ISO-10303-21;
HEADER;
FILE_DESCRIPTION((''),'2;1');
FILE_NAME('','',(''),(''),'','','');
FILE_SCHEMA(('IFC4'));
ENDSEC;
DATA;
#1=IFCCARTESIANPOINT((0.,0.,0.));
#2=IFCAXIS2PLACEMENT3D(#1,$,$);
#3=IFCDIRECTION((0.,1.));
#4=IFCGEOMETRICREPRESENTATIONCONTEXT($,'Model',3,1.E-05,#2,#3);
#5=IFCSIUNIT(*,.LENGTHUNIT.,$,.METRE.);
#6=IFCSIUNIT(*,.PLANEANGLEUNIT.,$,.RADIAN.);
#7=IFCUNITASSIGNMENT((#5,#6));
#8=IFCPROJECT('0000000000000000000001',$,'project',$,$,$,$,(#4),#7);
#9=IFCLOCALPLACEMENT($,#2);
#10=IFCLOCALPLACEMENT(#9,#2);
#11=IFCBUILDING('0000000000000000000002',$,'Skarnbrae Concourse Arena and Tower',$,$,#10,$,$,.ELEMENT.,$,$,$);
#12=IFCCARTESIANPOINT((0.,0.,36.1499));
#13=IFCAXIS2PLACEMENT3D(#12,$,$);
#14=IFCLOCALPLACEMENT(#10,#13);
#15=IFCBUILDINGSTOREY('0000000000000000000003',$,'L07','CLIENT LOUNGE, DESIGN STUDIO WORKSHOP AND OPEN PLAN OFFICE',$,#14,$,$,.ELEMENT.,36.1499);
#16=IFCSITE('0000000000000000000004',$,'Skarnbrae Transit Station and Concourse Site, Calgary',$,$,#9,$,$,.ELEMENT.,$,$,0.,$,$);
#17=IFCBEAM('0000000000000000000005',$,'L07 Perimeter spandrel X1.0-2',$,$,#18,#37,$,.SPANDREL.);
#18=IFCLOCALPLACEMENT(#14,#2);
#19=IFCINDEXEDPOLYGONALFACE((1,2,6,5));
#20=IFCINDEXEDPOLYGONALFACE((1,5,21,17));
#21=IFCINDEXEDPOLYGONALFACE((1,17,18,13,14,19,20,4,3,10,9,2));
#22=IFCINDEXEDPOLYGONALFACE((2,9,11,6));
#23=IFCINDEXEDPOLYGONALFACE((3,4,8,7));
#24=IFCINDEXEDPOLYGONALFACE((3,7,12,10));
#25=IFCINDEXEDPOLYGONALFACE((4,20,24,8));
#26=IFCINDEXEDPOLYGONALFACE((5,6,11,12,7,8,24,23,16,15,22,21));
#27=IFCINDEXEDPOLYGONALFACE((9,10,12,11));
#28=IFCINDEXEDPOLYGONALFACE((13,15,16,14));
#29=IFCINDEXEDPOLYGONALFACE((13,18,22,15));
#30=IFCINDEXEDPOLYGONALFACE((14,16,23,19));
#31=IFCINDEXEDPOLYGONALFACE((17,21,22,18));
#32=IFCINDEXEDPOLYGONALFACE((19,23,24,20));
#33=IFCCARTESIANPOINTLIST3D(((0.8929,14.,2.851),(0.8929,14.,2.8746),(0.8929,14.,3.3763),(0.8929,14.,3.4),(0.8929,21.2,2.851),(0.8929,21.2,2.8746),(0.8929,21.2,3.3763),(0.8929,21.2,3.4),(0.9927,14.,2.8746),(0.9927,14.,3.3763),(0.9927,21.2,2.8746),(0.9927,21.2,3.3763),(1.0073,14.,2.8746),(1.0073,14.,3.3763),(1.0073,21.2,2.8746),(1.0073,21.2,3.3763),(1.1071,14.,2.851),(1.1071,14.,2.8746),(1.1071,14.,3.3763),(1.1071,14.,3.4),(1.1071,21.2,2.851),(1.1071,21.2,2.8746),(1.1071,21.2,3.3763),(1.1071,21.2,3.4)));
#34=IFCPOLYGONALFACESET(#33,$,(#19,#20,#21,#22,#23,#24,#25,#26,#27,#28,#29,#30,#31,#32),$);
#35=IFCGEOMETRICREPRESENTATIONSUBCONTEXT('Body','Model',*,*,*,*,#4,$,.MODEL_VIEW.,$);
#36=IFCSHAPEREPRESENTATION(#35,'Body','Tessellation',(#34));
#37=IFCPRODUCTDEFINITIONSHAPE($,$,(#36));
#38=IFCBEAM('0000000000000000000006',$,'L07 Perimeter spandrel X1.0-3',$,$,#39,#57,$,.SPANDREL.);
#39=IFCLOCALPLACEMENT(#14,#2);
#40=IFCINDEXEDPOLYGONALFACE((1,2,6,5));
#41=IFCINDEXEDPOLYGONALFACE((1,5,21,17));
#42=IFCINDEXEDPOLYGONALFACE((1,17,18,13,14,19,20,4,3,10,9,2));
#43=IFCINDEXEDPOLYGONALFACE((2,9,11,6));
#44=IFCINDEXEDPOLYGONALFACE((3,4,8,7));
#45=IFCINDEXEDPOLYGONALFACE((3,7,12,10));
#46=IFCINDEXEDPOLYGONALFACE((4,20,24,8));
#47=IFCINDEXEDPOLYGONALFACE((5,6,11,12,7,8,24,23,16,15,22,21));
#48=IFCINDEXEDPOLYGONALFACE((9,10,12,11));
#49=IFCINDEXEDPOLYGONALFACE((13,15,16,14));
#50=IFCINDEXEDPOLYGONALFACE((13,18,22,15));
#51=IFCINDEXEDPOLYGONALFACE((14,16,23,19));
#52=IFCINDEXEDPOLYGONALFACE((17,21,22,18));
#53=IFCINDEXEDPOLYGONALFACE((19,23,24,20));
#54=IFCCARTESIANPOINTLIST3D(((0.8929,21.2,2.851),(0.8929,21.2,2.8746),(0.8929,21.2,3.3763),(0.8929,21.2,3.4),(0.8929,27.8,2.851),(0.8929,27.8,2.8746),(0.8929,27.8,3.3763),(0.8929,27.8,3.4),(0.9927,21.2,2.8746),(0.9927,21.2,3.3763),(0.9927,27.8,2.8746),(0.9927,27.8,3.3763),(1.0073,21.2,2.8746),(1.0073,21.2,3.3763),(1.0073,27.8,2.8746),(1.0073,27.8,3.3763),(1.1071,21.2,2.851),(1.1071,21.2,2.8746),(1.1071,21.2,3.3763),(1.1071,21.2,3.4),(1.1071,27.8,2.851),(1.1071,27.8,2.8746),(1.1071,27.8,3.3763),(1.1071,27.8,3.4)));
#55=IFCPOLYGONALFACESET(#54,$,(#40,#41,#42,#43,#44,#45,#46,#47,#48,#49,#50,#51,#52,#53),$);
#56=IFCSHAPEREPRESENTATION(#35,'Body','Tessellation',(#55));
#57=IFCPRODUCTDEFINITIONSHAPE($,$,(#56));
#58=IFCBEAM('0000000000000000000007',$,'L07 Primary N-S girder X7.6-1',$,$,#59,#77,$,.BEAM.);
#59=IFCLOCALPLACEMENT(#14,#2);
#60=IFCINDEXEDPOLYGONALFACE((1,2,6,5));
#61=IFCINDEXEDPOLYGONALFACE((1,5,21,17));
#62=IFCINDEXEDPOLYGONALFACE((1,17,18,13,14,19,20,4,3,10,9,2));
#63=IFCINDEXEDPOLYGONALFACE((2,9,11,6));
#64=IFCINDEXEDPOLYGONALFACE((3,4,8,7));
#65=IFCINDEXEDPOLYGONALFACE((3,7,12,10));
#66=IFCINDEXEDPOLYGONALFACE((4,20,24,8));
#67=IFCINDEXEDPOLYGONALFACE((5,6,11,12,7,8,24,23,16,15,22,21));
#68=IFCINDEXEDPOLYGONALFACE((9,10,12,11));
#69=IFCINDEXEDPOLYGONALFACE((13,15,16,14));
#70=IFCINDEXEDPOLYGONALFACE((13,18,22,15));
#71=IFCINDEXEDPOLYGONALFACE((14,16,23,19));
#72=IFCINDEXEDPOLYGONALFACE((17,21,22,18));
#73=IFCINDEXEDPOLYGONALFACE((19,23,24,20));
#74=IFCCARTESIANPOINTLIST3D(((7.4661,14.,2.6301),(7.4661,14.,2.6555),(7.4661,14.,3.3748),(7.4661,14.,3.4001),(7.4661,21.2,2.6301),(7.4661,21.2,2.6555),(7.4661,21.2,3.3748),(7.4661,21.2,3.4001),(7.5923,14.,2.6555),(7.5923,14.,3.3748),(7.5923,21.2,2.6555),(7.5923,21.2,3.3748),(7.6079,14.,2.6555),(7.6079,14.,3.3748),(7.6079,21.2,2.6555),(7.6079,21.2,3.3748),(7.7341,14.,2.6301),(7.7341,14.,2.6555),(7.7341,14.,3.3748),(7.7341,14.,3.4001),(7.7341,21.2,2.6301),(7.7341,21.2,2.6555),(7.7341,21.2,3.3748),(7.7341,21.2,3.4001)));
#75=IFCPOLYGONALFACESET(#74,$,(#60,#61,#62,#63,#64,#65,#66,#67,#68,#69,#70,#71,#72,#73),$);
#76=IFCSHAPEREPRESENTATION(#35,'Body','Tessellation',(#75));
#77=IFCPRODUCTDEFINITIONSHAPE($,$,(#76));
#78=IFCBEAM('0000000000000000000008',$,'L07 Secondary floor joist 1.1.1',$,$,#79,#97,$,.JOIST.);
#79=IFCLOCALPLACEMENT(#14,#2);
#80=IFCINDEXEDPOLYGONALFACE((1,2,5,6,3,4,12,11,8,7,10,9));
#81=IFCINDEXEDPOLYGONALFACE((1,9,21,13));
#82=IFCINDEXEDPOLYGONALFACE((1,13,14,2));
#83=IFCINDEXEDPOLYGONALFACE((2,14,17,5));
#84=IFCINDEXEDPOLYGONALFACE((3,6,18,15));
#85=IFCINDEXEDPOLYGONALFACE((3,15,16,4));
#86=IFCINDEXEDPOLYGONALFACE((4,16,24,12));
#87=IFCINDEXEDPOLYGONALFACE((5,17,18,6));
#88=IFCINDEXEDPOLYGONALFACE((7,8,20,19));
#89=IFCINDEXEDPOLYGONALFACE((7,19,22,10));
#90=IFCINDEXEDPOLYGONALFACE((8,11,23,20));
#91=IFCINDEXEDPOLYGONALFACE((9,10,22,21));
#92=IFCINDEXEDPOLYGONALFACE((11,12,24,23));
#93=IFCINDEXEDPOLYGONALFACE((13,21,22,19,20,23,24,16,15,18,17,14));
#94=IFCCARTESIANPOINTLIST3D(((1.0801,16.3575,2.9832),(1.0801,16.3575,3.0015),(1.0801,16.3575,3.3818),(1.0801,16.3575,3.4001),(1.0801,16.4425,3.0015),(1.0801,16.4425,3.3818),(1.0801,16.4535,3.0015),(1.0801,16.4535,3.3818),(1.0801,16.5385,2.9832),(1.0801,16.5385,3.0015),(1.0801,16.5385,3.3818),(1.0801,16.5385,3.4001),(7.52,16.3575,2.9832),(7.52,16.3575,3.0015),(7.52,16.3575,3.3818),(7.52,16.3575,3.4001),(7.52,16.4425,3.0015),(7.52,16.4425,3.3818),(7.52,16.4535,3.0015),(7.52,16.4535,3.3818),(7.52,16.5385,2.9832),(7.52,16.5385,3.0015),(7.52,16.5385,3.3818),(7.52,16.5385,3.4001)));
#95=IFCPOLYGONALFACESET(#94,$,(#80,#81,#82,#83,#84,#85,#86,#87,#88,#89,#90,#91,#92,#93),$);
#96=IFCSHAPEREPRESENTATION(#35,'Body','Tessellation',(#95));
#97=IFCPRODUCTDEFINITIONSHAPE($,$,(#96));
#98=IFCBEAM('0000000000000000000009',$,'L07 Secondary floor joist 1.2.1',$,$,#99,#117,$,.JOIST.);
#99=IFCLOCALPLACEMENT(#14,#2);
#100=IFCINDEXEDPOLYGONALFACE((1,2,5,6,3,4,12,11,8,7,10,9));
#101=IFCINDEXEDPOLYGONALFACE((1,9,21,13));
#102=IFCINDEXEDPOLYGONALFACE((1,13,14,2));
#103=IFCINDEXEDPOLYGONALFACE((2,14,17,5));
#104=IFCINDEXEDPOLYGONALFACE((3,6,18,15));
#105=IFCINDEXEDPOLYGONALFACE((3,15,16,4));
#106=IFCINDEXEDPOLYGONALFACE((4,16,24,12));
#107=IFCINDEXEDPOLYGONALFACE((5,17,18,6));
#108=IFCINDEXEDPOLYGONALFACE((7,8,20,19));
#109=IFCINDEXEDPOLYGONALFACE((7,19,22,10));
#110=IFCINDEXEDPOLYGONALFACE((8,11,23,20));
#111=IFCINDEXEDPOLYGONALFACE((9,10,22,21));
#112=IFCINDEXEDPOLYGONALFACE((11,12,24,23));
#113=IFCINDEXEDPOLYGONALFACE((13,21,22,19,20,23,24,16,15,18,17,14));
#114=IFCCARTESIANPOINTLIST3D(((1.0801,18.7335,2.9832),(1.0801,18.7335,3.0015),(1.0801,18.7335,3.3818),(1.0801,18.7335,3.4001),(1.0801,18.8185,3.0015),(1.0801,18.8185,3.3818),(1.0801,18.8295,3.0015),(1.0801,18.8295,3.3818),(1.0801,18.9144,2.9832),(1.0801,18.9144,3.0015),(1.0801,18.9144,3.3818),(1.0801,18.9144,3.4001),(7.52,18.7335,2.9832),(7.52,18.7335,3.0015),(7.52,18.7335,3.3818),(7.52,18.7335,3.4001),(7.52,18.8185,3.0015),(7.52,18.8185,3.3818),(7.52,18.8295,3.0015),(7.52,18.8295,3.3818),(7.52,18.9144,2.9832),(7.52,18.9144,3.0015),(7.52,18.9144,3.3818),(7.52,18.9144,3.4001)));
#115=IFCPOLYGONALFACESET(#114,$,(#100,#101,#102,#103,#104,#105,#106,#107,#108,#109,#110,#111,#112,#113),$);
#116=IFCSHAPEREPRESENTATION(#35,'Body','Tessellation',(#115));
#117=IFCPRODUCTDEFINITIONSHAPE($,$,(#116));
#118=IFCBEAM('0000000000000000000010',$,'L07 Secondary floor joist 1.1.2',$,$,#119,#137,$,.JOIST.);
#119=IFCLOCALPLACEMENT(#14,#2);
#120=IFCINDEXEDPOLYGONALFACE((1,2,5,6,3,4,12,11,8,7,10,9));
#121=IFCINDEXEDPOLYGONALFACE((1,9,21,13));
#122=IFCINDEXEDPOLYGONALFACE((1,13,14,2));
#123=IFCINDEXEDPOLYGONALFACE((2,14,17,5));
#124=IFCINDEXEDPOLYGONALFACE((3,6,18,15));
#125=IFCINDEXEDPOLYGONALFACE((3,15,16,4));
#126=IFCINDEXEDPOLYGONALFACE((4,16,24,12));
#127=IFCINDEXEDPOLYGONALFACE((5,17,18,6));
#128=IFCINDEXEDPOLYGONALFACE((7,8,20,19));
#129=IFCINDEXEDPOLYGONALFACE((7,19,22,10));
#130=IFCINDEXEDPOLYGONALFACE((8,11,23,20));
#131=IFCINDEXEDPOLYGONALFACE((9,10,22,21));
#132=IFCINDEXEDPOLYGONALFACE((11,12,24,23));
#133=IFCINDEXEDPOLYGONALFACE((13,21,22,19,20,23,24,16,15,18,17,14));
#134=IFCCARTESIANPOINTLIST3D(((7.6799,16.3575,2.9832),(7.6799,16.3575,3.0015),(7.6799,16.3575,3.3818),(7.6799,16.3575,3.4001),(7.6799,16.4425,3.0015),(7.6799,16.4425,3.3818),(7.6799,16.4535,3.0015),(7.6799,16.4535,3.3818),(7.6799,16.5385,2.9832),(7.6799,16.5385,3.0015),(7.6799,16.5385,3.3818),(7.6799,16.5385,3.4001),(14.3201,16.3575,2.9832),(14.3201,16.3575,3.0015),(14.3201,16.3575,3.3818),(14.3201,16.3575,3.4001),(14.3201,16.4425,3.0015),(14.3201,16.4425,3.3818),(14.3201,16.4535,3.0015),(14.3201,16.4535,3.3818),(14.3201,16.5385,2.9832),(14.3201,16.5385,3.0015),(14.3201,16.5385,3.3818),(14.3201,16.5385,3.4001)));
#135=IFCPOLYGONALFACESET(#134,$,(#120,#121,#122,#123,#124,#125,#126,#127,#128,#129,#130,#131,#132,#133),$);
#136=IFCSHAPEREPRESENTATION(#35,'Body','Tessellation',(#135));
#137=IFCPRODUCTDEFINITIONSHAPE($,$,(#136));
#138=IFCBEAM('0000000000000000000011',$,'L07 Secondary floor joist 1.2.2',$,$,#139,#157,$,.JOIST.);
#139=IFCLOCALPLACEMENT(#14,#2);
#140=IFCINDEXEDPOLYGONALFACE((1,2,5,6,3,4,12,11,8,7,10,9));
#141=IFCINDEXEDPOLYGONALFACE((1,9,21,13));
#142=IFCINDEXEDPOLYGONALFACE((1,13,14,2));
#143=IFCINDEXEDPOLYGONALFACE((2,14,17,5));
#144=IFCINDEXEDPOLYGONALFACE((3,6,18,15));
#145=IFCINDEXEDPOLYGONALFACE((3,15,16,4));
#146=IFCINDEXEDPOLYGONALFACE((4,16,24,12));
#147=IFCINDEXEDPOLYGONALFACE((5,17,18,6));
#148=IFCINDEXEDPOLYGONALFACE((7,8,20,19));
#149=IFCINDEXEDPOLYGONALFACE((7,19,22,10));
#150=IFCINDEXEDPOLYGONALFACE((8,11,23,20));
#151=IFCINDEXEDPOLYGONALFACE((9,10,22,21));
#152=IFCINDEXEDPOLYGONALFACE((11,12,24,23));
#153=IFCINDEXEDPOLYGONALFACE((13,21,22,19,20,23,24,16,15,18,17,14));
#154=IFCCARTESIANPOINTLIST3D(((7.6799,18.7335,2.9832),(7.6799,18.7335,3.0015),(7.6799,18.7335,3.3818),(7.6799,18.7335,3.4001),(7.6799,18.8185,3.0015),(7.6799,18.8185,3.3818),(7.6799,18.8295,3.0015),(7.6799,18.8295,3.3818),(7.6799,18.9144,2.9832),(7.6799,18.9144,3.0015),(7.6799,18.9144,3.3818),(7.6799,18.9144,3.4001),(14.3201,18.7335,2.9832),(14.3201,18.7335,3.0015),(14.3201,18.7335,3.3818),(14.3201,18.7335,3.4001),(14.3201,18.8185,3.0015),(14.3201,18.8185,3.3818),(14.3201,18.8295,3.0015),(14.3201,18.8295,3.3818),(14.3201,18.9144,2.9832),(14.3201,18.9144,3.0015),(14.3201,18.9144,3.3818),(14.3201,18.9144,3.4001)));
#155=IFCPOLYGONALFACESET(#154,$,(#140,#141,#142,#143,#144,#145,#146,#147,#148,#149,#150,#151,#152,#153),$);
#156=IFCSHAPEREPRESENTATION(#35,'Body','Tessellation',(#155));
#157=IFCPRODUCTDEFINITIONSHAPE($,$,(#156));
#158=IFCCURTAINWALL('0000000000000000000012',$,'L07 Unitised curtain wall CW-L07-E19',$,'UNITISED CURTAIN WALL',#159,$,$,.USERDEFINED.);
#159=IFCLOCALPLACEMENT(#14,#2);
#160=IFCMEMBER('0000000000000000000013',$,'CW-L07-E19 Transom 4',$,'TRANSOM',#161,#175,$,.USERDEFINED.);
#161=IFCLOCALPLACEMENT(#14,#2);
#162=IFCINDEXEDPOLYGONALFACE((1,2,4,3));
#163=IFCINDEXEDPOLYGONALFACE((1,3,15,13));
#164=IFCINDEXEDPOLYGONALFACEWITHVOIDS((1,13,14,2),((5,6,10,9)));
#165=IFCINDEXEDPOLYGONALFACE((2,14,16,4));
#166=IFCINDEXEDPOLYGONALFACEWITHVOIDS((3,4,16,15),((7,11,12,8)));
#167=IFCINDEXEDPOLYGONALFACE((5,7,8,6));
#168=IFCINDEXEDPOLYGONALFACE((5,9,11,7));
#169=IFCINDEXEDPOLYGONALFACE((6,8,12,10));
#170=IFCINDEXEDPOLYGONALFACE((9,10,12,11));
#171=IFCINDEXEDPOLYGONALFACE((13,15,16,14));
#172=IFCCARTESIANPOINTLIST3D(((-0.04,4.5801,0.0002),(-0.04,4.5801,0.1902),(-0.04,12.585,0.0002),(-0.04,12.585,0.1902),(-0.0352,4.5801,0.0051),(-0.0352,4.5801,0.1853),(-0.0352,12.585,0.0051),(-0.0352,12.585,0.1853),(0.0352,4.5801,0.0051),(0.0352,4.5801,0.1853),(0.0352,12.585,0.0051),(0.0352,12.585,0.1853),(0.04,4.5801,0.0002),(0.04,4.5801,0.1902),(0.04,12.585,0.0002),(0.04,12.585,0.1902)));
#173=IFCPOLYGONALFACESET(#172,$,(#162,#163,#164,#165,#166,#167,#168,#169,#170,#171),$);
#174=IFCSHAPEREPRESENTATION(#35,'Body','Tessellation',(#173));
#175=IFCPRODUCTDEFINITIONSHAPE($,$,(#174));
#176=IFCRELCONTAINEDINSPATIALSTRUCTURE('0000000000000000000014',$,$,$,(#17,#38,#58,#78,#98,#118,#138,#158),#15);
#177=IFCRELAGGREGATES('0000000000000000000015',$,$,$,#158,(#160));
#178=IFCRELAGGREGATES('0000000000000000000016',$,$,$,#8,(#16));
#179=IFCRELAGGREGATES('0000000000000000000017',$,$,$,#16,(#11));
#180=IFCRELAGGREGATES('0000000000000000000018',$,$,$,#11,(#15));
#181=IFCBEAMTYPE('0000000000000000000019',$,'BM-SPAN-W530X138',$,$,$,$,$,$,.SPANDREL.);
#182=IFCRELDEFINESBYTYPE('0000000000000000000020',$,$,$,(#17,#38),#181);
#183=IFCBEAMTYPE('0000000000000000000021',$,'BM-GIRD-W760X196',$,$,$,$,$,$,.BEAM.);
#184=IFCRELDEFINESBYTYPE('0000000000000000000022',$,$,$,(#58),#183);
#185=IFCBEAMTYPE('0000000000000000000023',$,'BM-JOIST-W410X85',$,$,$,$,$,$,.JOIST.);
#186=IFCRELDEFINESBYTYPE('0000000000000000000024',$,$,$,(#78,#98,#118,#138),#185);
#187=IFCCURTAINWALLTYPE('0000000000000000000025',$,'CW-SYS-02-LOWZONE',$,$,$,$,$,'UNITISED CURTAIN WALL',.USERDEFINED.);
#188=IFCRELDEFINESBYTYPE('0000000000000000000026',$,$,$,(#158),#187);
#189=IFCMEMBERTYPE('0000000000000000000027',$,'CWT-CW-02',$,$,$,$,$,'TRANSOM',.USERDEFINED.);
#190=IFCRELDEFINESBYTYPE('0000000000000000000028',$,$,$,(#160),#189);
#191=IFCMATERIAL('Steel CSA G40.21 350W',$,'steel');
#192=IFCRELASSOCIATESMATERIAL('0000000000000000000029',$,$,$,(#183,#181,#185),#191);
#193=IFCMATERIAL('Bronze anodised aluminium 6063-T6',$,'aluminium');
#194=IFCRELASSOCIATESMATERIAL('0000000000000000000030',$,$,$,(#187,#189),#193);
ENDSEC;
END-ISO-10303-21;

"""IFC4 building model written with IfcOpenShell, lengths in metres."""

from ifc_helpers import new_model, si_unit, direction, frame, origin, origin_2d, place, context, subcontext, project, spatial, hollow_rectangle, i_section, extrude, source, transform, mapped, material, material_profile, profile_set, type_object, element, aggregate, save


model = new_model("IFC4")

# Units and contexts
model_context = context("Model", 3, precision=1e-05, world=origin(), true_north=direction((0.0, 1.0)))
body_context = subcontext(model_context, "Body", "Model", "MODEL_VIEW")
ifc_project = project(units=[si_unit("LENGTHUNIT", "METRE"), si_unit("PLANEANGLEUNIT", "RADIAN")], contexts=[model_context])

# Site, building, storey
site_placement = place(None, origin())
site = spatial("IfcSite", under=ifc_project, at=site_placement, Name="Skarnbrae Transit Station and Concourse Site, Calgary", CompositionType="ELEMENT", RefElevation=0.0)
building_placement = place(site_placement, origin())
building = spatial("IfcBuilding", under=site, at=building_placement, Name="Skarnbrae Concourse Arena and Tower", CompositionType="ELEMENT")
storey_placement = place(building_placement, frame((0.0, 0.0, 36.1499)))
storey = spatial("IfcBuildingStorey", under=building, at=storey_placement, Name="L07", Description="CLIENT LOUNGE, DESIGN STUDIO WORKSHOP AND OPEN PLAN OFFICE", CompositionType="ELEMENT", Elevation=36.1499)

# Shared definitions
ifc_material_1 = material(Name="Steel CSA G40.21 350W", Category="steel")

# Beams
ifc_material_profile_1 = material_profile(ifc_material_1, i_section(OverallWidth=0.2681, OverallDepth=0.77, WebThickness=0.0156, FlangeThickness=0.0254, at=origin_2d()), Name="W760X196")
ifc_profile_set_1 = profile_set([ifc_material_profile_1], Name="Steel CSA G40.21 350W")
beam_type_1 = type_object("IfcBeamType", Name="BM-GIRD-W760X196", PredefinedType="BEAM", material=ifc_profile_set_1)
ifc_material_profile_2 = material_profile(ifc_material_1, i_section(OverallWidth=0.2141, OverallDepth=0.5491, WebThickness=0.0146, FlangeThickness=0.0237, at=origin_2d()), Name="W530X138")
ifc_profile_set_2 = profile_set([ifc_material_profile_2], Name="Steel CSA G40.21 350W")
beam_type_2 = type_object("IfcBeamType", Name="BM-SPAN-W530X138", PredefinedType="SPANDREL", material=ifc_profile_set_2)
shared_shape_1 = source(origin(), body_context, "Body", "SweptSolid", [
    extrude(i_section(OverallWidth=0.2141, OverallDepth=0.5491, WebThickness=0.0146, FlangeThickness=0.0237, at=origin_2d()), origin(), (0.0, 0.0, 1.0), 7.2),
])
beam_1_placement = place(storey_placement, frame((1.0, 14.0, 3.1255), z_axis=(0.0, 1.0, 0.0), x_axis=(-1.0, 0.0, 0.0)))
element("IfcBeam", 1, at=beam_1_placement, inside=storey, type_object=beam_type_2, Name="L07 Perimeter spandrel X1.0-2", PredefinedType="SPANDREL", context=body_context, shape_type="MappedRepresentation", body=[
    mapped(shared_shape_1, transform((0.0, 0.0, 0.0))),
])
shared_shape_2 = source(origin(), body_context, "Body", "SweptSolid", [
    extrude(i_section(OverallWidth=0.2141, OverallDepth=0.5491, WebThickness=0.0146, FlangeThickness=0.0237, at=origin_2d()), origin(), (0.0, 0.0, 1.0), 6.6001),
])
beam_2_placement = place(storey_placement, frame((1.0, 21.2, 3.1255), z_axis=(0.0, 1.0, 0.0), x_axis=(-1.0, 0.0, 0.0)))
element("IfcBeam", 2, at=beam_2_placement, inside=storey, type_object=beam_type_2, Name="L07 Perimeter spandrel X1.0-3", PredefinedType="SPANDREL", context=body_context, shape_type="MappedRepresentation", body=[
    mapped(shared_shape_2, transform((0.0, 0.0, 0.0))),
])
shared_shape_3 = source(origin(), body_context, "Body", "SweptSolid", [
    extrude(i_section(OverallWidth=0.2681, OverallDepth=0.77, WebThickness=0.0156, FlangeThickness=0.0254, at=origin_2d()), origin(), (0.0, 0.0, 1.0), 7.2),
])
beam_3_placement = place(storey_placement, frame((7.6001, 14.0, 3.0151), z_axis=(0.0, 1.0, 0.0), x_axis=(-1.0, 0.0, 0.0)))
element("IfcBeam", 3, at=beam_3_placement, inside=storey, type_object=beam_type_1, Name="L07 Primary N-S girder X7.6-1", PredefinedType="BEAM", context=body_context, shape_type="MappedRepresentation", body=[
    mapped(shared_shape_3, transform((0.0, 0.0, 0.0))),
])
ifc_material_profile_3 = material_profile(ifc_material_1, i_section(OverallWidth=0.1809, OverallDepth=0.417, WebThickness=0.011, FlangeThickness=0.0183, at=origin_2d()), Name="W410X85")
ifc_profile_set_3 = profile_set([ifc_material_profile_3], Name="Steel CSA G40.21 350W")
beam_type_3 = type_object("IfcBeamType", Name="BM-JOIST-W410X85", PredefinedType="JOIST", material=ifc_profile_set_3)
shared_shape_4 = source(origin(), body_context, "Body", "SweptSolid", [
    extrude(i_section(OverallWidth=0.1809, OverallDepth=0.417, WebThickness=0.011, FlangeThickness=0.0183, at=origin_2d()), origin(), (0.0, 0.0, 1.0), 6.4399),
])
for number, where, z_axis, x_axis, name in (
    (4, (1.0801, 16.448, 3.1917), (1.0, 0.0, 0.0), (0.0, 1.0, 0.0), "L07 Secondary floor joist 1.1.1"),
    (5, (1.0801, 18.824, 3.1917), (1.0, 0.0, 0.0), (0.0, 1.0, 0.0), "L07 Secondary floor joist 1.2.1"),
):
    element("IfcBeam", number, at=place(storey_placement, frame(where, z_axis=z_axis, x_axis=x_axis)), inside=storey, type_object=beam_type_3, Name=name, PredefinedType="JOIST", context=body_context, shape_type="MappedRepresentation", body=[
        mapped(shared_shape_4, transform((0.0, 0.0, 0.0))),
    ])
shared_shape_5 = source(origin(), body_context, "Body", "SweptSolid", [
    extrude(i_section(OverallWidth=0.1809, OverallDepth=0.417, WebThickness=0.011, FlangeThickness=0.0183, at=origin_2d()), origin(), (0.0, 0.0, 1.0), 6.6401),
])
for number, where, z_axis, x_axis, name in (
    (6, (7.6799, 16.448, 3.1917), (1.0, 0.0, 0.0), (0.0, 1.0, 0.0), "L07 Secondary floor joist 1.1.2"),
    (7, (7.6799, 18.824, 3.1917), (1.0, 0.0, 0.0), (0.0, 1.0, 0.0), "L07 Secondary floor joist 1.2.2"),
):
    element("IfcBeam", number, at=place(storey_placement, frame(where, z_axis=z_axis, x_axis=x_axis)), inside=storey, type_object=beam_type_3, Name=name, PredefinedType="JOIST", context=body_context, shape_type="MappedRepresentation", body=[
        mapped(shared_shape_5, transform((0.0, 0.0, 0.0))),
    ])

# Curtain wall, member
ifc_material_2 = material(Name="Bronze anodised aluminium 6063-T6", Category="aluminium")
curtain_wall_type = type_object("IfcCurtainWallType", Name="CW-SYS-02-LOWZONE", ElementType="UNITISED CURTAIN WALL", PredefinedType="USERDEFINED", material=ifc_material_2)
curtain_wall_placement = place(storey_placement, origin())
curtain_wall = element("IfcCurtainWall", 8, at=curtain_wall_placement, inside=storey, type_object=curtain_wall_type, Name="L07 Unitised curtain wall CW-L07-E19", ObjectType="UNITISED CURTAIN WALL", PredefinedType="USERDEFINED")
ifc_material_profile_4 = material_profile(ifc_material_2, hollow_rectangle(XDim=0.0801, YDim=0.1899, WallThickness=0.0049, at=origin_2d()), Name="ALU-TRAN-80X190")
ifc_profile_set_4 = profile_set([ifc_material_profile_4], Name="Bronze anodised aluminium 6063-T6")
member_type_1 = type_object("IfcMemberType", Name="CWT-CW-02", ElementType="TRANSOM", PredefinedType="USERDEFINED", material=ifc_profile_set_4)
shared_shape_6 = source(origin(), body_context, "Body", "SweptSolid", [
    extrude(hollow_rectangle(XDim=0.0801, YDim=0.1899, WallThickness=0.0049, at=origin_2d()), origin(), (0.0, 0.0, 1.0), 8.0049),
])
member_1_placement = place(storey_placement, frame((0.0, 12.585, 0.0952), z_axis=(0.0, -1.0, 0.0), x_axis=(1.0, 0.0, 0.0)))
member_1 = element("IfcMember", 9, at=member_1_placement, type_object=member_type_1, Name="CW-L07-E19 Transom 4", ObjectType="TRANSOM", PredefinedType="USERDEFINED", context=body_context, shape_type="MappedRepresentation", body=[
    mapped(shared_shape_6, transform((0.0, 0.0, 0.0))),
])
aggregate(curtain_wall, [member_1])

save(model, "model.ifc")
